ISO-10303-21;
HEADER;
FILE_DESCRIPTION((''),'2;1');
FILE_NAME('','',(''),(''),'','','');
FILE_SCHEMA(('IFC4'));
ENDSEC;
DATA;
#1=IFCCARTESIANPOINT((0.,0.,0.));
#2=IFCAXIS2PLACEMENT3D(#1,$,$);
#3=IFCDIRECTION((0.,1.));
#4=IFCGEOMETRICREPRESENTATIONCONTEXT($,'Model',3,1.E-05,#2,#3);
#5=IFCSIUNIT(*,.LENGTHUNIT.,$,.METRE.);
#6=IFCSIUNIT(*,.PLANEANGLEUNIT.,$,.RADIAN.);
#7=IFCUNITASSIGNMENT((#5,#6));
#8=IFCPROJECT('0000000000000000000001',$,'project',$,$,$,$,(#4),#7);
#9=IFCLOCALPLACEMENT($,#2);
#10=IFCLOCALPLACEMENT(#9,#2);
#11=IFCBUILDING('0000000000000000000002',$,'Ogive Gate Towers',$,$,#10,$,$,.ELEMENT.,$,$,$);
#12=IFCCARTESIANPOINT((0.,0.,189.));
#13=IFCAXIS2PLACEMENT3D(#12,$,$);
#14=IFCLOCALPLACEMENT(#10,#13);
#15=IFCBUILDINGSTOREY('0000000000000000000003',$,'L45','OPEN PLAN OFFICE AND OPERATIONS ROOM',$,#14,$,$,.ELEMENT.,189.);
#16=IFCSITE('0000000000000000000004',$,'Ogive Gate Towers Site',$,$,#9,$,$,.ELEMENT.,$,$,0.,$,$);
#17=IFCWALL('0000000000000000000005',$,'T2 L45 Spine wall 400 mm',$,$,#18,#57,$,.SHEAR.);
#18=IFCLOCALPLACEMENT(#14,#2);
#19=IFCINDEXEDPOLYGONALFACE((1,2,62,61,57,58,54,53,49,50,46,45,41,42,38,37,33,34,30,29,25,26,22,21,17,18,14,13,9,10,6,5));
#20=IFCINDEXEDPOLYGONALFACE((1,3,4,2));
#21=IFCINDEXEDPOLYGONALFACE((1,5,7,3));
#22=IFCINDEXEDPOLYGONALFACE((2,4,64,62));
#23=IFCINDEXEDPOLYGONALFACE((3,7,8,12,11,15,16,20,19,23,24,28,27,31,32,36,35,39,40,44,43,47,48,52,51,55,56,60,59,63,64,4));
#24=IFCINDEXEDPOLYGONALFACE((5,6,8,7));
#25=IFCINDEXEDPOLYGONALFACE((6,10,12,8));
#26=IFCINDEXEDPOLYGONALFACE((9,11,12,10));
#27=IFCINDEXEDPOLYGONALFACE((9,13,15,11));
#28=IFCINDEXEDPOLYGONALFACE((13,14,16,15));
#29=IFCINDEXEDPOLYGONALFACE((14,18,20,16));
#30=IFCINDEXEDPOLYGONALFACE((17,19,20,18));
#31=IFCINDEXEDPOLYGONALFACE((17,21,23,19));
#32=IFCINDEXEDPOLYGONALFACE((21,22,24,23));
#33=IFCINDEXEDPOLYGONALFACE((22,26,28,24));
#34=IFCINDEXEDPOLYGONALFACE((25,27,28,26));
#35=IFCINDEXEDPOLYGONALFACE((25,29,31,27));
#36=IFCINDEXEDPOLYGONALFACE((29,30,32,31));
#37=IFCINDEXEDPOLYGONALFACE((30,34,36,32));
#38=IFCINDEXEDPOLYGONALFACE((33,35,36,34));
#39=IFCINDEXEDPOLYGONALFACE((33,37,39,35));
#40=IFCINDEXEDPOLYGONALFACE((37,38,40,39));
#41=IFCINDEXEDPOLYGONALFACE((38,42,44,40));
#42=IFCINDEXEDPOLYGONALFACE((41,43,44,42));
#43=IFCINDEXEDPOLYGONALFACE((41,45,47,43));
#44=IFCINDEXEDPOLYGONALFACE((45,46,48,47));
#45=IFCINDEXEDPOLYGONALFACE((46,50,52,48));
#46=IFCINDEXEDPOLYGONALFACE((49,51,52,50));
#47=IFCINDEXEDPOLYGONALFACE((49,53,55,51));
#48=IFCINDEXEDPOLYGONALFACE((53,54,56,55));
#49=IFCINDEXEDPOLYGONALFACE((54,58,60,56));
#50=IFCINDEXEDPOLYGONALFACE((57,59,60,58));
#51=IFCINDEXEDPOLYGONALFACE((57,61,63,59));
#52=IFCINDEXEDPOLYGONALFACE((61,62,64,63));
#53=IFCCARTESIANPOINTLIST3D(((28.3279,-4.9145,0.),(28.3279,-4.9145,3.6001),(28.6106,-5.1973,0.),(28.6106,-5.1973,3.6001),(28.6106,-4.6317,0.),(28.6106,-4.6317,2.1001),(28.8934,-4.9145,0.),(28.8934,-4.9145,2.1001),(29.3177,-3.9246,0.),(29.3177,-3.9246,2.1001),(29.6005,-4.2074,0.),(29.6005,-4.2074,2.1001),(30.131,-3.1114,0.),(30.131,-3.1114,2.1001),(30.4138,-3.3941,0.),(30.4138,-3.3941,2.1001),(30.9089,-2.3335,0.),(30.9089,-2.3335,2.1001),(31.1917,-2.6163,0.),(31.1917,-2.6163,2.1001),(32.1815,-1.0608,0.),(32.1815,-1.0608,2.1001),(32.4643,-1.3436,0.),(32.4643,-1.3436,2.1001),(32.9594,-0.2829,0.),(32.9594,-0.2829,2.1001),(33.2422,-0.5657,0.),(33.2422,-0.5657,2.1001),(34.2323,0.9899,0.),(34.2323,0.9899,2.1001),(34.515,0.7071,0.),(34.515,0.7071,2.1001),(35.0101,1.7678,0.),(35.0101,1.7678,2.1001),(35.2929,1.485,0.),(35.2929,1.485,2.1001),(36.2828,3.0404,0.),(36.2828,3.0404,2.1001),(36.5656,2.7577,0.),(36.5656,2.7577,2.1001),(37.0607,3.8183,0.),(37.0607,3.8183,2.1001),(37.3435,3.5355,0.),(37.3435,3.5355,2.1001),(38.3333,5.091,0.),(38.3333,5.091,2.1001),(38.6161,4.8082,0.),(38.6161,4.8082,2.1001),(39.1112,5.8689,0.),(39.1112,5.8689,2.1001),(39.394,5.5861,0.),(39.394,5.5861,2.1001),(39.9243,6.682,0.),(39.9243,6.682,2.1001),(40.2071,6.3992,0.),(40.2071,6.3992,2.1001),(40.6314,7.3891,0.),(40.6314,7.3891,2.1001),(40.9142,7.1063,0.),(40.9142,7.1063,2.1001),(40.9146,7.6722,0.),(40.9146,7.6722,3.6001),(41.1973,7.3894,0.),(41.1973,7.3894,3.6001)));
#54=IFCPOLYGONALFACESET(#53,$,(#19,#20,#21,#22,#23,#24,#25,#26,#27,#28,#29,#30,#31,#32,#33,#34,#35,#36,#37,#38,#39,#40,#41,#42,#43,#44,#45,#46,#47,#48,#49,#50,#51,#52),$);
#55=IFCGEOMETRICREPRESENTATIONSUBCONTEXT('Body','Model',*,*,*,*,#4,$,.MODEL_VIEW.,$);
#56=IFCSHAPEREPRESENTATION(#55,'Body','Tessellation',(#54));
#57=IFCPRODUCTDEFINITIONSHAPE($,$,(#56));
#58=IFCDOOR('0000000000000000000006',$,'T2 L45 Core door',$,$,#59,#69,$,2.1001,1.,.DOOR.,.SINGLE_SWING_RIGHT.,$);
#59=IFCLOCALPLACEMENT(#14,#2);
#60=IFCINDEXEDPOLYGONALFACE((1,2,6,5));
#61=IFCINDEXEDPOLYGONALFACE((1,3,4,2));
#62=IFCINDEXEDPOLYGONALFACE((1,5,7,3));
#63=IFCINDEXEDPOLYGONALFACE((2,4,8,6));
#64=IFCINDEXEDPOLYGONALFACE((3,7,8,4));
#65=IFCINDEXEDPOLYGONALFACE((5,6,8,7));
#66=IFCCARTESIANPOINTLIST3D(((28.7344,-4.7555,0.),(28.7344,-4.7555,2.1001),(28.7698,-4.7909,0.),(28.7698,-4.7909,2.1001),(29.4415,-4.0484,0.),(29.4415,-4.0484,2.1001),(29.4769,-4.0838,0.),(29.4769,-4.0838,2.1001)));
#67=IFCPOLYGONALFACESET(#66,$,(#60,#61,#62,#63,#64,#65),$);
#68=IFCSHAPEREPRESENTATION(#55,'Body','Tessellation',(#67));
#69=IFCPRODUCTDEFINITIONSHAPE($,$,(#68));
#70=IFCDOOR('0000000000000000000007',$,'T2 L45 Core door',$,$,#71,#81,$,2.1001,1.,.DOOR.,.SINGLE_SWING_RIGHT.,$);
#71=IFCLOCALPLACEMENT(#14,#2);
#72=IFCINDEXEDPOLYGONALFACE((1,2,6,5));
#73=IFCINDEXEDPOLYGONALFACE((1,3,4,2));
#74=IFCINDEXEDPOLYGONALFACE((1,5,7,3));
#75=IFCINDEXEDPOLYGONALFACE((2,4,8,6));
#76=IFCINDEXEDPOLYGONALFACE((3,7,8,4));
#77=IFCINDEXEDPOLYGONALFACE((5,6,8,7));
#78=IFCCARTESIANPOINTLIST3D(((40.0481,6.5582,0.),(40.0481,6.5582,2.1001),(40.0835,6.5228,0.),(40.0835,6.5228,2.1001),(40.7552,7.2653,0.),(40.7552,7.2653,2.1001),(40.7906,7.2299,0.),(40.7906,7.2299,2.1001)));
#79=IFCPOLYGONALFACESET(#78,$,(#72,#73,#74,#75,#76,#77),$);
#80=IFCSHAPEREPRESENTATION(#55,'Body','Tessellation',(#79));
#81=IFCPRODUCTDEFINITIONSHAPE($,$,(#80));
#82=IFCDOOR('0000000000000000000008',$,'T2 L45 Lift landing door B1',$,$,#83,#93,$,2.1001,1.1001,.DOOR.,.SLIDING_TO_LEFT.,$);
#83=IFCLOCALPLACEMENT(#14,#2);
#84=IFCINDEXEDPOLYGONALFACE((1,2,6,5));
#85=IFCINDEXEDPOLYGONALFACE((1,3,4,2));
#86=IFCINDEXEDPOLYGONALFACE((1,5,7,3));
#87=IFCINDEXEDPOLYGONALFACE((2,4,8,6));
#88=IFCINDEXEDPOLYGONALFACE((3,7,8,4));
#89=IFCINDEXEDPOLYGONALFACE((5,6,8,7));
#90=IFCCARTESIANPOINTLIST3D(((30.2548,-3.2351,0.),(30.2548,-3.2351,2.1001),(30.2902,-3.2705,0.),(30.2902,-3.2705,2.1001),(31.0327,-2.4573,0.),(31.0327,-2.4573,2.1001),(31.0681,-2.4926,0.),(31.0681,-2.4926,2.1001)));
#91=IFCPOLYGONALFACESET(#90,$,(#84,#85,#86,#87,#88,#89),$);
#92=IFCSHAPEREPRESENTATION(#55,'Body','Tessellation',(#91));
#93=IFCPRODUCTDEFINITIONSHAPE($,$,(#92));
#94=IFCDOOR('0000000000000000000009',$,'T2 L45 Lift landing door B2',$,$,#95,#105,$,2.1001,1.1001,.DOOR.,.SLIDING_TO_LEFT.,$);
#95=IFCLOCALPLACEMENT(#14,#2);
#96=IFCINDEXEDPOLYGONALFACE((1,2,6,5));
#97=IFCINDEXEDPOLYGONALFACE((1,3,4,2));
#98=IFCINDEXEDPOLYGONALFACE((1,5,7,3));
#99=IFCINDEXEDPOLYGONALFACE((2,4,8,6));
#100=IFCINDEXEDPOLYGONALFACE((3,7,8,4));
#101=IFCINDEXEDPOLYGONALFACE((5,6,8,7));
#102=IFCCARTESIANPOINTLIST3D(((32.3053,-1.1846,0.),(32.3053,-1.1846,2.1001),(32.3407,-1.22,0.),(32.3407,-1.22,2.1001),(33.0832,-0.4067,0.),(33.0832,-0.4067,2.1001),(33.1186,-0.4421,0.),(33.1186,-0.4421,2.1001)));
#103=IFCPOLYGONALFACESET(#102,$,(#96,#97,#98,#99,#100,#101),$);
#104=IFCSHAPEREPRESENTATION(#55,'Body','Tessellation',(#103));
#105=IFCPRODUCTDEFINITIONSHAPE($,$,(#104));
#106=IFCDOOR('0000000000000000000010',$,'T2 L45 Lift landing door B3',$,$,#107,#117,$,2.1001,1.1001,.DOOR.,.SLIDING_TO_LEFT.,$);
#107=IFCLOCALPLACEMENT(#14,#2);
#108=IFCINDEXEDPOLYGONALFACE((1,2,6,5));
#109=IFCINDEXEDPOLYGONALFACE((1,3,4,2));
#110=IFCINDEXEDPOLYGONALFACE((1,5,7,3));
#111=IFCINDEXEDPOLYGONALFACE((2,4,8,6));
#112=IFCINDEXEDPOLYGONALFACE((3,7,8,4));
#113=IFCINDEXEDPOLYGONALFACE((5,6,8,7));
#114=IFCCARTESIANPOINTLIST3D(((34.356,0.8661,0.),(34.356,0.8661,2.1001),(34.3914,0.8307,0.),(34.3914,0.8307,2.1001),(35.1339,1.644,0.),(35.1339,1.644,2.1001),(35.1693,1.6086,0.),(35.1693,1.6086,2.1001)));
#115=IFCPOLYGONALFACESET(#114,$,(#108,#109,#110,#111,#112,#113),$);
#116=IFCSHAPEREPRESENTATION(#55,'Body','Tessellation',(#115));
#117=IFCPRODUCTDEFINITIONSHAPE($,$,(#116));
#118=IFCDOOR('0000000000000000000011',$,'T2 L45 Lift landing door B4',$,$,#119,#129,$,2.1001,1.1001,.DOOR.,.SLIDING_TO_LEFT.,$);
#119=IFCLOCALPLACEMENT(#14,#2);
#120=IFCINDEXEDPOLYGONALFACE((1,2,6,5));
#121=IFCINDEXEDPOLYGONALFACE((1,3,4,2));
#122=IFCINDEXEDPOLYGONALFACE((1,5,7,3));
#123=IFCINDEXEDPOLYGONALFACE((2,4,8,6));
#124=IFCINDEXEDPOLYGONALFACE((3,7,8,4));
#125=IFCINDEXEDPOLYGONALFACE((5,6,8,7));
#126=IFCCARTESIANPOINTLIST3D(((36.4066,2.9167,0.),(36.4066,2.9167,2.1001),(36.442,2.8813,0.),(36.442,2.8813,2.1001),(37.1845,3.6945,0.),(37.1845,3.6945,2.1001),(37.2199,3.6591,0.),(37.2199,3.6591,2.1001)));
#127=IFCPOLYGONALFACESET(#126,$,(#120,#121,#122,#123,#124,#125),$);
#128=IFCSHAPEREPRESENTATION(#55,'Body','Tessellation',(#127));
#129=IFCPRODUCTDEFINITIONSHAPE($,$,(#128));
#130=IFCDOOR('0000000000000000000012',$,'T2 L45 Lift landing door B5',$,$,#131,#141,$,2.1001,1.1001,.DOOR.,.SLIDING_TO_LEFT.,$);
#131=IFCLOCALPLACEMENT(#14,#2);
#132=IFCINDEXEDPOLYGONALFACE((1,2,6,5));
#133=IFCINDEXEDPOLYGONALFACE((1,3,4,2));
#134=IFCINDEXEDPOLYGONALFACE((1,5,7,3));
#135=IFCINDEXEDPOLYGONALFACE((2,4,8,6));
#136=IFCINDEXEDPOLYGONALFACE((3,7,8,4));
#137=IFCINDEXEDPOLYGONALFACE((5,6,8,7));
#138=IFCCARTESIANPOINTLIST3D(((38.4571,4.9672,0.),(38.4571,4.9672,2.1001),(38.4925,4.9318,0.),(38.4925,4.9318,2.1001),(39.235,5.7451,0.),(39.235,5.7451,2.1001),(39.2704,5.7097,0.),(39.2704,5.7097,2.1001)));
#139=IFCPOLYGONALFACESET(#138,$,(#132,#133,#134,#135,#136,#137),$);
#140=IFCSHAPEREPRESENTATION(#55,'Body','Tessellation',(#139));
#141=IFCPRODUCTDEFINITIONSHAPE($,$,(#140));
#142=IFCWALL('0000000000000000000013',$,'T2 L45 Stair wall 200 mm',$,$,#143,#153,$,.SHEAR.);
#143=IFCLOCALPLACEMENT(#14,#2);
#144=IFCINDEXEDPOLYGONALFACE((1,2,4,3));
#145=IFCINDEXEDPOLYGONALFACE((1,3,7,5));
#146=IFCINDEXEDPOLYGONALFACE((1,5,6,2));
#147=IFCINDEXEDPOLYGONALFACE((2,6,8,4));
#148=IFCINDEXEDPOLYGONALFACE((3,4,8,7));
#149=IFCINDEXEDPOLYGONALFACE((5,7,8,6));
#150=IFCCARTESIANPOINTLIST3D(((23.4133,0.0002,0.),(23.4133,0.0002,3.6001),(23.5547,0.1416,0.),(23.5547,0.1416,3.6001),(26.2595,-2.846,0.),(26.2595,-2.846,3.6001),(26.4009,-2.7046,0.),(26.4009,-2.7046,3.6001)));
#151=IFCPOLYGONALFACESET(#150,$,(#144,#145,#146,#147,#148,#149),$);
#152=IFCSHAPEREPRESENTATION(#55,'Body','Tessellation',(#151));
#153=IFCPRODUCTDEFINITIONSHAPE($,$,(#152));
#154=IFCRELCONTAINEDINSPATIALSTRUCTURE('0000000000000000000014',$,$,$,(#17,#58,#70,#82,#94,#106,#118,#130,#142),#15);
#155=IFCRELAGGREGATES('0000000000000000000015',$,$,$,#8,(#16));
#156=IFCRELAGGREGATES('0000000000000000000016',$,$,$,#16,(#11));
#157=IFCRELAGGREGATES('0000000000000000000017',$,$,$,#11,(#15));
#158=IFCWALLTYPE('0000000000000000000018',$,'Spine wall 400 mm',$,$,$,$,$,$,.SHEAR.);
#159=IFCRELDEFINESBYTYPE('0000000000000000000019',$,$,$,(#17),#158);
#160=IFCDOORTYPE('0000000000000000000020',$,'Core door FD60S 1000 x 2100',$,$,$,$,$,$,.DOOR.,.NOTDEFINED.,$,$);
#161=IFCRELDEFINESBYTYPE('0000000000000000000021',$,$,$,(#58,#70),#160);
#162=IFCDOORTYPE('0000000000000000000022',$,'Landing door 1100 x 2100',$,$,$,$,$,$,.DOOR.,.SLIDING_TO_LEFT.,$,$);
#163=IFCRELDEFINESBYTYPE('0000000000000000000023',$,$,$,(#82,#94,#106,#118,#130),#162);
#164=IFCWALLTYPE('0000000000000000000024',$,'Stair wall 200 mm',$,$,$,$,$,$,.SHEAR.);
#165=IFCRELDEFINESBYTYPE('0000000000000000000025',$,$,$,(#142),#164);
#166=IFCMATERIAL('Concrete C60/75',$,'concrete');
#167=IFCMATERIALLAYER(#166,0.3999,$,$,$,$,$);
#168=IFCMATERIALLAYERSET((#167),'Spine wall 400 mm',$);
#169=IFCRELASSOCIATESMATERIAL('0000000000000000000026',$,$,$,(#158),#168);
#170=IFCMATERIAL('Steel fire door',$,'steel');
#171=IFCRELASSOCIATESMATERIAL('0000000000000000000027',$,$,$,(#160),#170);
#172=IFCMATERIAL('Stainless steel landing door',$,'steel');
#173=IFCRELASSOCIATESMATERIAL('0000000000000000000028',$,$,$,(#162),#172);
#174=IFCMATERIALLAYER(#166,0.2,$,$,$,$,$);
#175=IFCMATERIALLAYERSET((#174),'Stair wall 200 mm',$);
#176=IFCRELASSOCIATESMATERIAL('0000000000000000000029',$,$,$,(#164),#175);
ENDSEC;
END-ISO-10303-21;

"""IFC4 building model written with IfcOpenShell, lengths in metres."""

from ifc_helpers import new_model, si_unit, direction, frame, frame_2d, origin, place, context, subcontext, project, spatial, rectangle, extrude, material, layer, layer_set, type_object, element, fill, save


model = new_model("IFC4")

# Units and contexts
model_context = context("Model", 3, precision=1e-05, world=origin(), true_north=direction((0.0, 1.0)))
body_context = subcontext(model_context, "Body", "Model", "MODEL_VIEW")
ifc_project = project(units=[si_unit("LENGTHUNIT", "METRE"), si_unit("PLANEANGLEUNIT", "RADIAN")], contexts=[model_context])

# Site, building, storey
site_placement = place(None, origin())
site = spatial("IfcSite", under=ifc_project, at=site_placement, Name="Ogive Gate Towers Site", CompositionType="ELEMENT", RefElevation=0.0)
building_placement = place(site_placement, origin())
building = spatial("IfcBuilding", under=site, at=building_placement, Name="Ogive Gate Towers", CompositionType="ELEMENT")
storey_placement = place(building_placement, frame((0.0, 0.0, 189.0)))
storey = spatial("IfcBuildingStorey", under=building, at=storey_placement, Name="L45", Description="OPEN PLAN OFFICE AND OPERATIONS ROOM", CompositionType="ELEMENT", Elevation=189.0)

# Shared definitions
ifc_material_1 = material(Name="Concrete C60/75", Category="concrete")

# Wall, openings, doors
ifc_layer_1 = layer(ifc_material_1, 0.3999)
ifc_layer_set_1 = layer_set([ifc_layer_1], Name="Spine wall 400 mm")
wall_type_1 = type_object("IfcWallType", Name="Spine wall 400 mm", PredefinedType="SHEAR", material=ifc_layer_set_1)
ifc_material_2 = material(Name="Steel fire door", Category="steel")
door_type_1 = type_object("IfcDoorType", Name="Core door FD60S 1000 x 2100", OperationType="NOTDEFINED", PredefinedType="DOOR", material=ifc_material_2)
ifc_material_3 = material(Name="Stainless steel landing door", Category="steel")
door_type_2 = type_object("IfcDoorType", Name="Landing door 1100 x 2100", OperationType="SLIDING_TO_LEFT", PredefinedType="DOOR", material=ifc_material_3)
wall_1_placement = place(storey_placement, frame((28.4692, -5.0559, 0.0), z_axis=(0.0, 0.0, 1.0), x_axis=(0.707107, 0.707107, 0.0)))
wall_1 = element("IfcWall", 1, at=wall_1_placement, inside=storey, type_object=wall_type_1, Name="T2 L45 Spine wall 400 mm", PredefinedType="SHEAR", context=body_context, shape_type="SweptSolid", body=[
    extrude(rectangle(XDim=17.8003, YDim=0.3999, at=frame_2d((8.9001, 0.0))), origin(), (0.0, 0.0, 1.0), 3.6001),
])
opening_1_placement = place(wall_1_placement, frame((0.3999, 0.0, 0.0)))
opening_1 = element("IfcOpeningElement", 2, at=opening_1_placement, cuts=wall_1, PredefinedType="OPENING", context=body_context, shape_type="SweptSolid", body=[
    extrude(rectangle(XDim=1.0, YDim=2.1001, at=frame_2d((0.5, 1.05))), frame((0.0, 0.21, 0.0), z_axis=(0.0, -1.0, 0.0), x_axis=(1.0, 0.0, 0.0)), (0.0, 0.0, 1.0), 0.4199),
])
opening_2_placement = place(wall_1_placement, frame((2.55, 0.0, 0.0)))
opening_2 = element("IfcOpeningElement", 3, at=opening_2_placement, cuts=wall_1, PredefinedType="OPENING", context=body_context, shape_type="SweptSolid", body=[
    extrude(rectangle(XDim=1.1001, YDim=2.1001, at=frame_2d((0.55, 1.05))), frame((0.0, 0.21, 0.0), z_axis=(0.0, -1.0, 0.0), x_axis=(1.0, 0.0, 0.0)), (0.0, 0.0, 1.0), 0.4199),
])
opening_3_placement = place(wall_1_placement, frame((5.45, 0.0, 0.0)))
opening_3 = element("IfcOpeningElement", 4, at=opening_3_placement, cuts=wall_1, PredefinedType="OPENING", context=body_context, shape_type="SweptSolid", body=[
    extrude(rectangle(XDim=1.1001, YDim=2.1001, at=frame_2d((0.55, 1.05))), frame((0.0, 0.21, 0.0), z_axis=(0.0, -1.0, 0.0), x_axis=(1.0, 0.0, 0.0)), (0.0, 0.0, 1.0), 0.4199),
])
opening_4_placement = place(wall_1_placement, frame((8.3501, 0.0, 0.0)))
opening_4 = element("IfcOpeningElement", 5, at=opening_4_placement, cuts=wall_1, PredefinedType="OPENING", context=body_context, shape_type="SweptSolid", body=[
    extrude(rectangle(XDim=1.1001, YDim=2.1001, at=frame_2d((0.55, 1.05))), frame((0.0, 0.21, 0.0), z_axis=(0.0, -1.0, 0.0), x_axis=(1.0, 0.0, 0.0)), (0.0, 0.0, 1.0), 0.4199),
])
opening_5_placement = place(wall_1_placement, frame((11.25, 0.0, 0.0)))
opening_5 = element("IfcOpeningElement", 6, at=opening_5_placement, cuts=wall_1, PredefinedType="OPENING", context=body_context, shape_type="SweptSolid", body=[
    extrude(rectangle(XDim=1.1001, YDim=2.1001, at=frame_2d((0.55, 1.05))), frame((0.0, 0.21, 0.0), z_axis=(0.0, -1.0, 0.0), x_axis=(1.0, 0.0, 0.0)), (0.0, 0.0, 1.0), 0.4199),
])
opening_6_placement = place(wall_1_placement, frame((14.1499, 0.0, 0.0)))
opening_6 = element("IfcOpeningElement", 7, at=opening_6_placement, cuts=wall_1, PredefinedType="OPENING", context=body_context, shape_type="SweptSolid", body=[
    extrude(rectangle(XDim=1.1001, YDim=2.1001, at=frame_2d((0.55, 1.05))), frame((0.0, 0.21, 0.0), z_axis=(0.0, -1.0, 0.0), x_axis=(1.0, 0.0, 0.0)), (0.0, 0.0, 1.0), 0.4199),
])
opening_7_placement = place(wall_1_placement, frame((16.3999, 0.0, 0.0)))
opening_7 = element("IfcOpeningElement", 8, at=opening_7_placement, cuts=wall_1, PredefinedType="OPENING", context=body_context, shape_type="SweptSolid", body=[
    extrude(rectangle(XDim=1.0, YDim=2.1001, at=frame_2d((0.5, 1.05))), frame((0.0, 0.21, 0.0), z_axis=(0.0, -1.0, 0.0), x_axis=(1.0, 0.0, 0.0)), (0.0, 0.0, 1.0), 0.4199),
])
door_1_placement = place(opening_1_placement, origin())
door_1 = element("IfcDoor", 9, at=door_1_placement, inside=storey, type_object=door_type_1, Name="T2 L45 Core door", OperationType="SINGLE_SWING_RIGHT", OverallHeight=2.1001, OverallWidth=1.0, PredefinedType="DOOR", context=body_context, shape_type="SweptSolid", body=[
    extrude(rectangle(XDim=1.0, YDim=2.1001, at=frame_2d((0.5, 1.05))), frame((0.0, 0.0249, 0.0), z_axis=(0.0, -1.0, 0.0), x_axis=(1.0, 0.0, 0.0)), (0.0, 0.0, 1.0), 0.05),
])
fill(opening_1, door_1)
door_2_placement = place(opening_7_placement, origin())
door_2 = element("IfcDoor", 10, at=door_2_placement, inside=storey, type_object=door_type_1, Name="T2 L45 Core door", OperationType="SINGLE_SWING_RIGHT", OverallHeight=2.1001, OverallWidth=1.0, PredefinedType="DOOR", context=body_context, shape_type="SweptSolid", body=[
    extrude(rectangle(XDim=1.0, YDim=2.1001, at=frame_2d((0.5, 1.05))), frame((0.0, 0.0249, 0.0), z_axis=(0.0, -1.0, 0.0), x_axis=(1.0, 0.0, 0.0)), (0.0, 0.0, 1.0), 0.05),
])
fill(opening_7, door_2)
door_3_placement = place(opening_2_placement, origin())
door_3 = element("IfcDoor", 11, at=door_3_placement, inside=storey, type_object=door_type_2, Name="T2 L45 Lift landing door B1", OperationType="SLIDING_TO_LEFT", OverallHeight=2.1001, OverallWidth=1.1001, PredefinedType="DOOR", context=body_context, shape_type="SweptSolid", body=[
    extrude(rectangle(XDim=1.1001, YDim=2.1001, at=frame_2d((0.55, 1.05))), frame((0.0, 0.0249, 0.0), z_axis=(0.0, -1.0, 0.0), x_axis=(1.0, 0.0, 0.0)), (0.0, 0.0, 1.0), 0.05),
])
fill(opening_2, door_3)
door_4_placement = place(opening_3_placement, origin())
door_4 = element("IfcDoor", 12, at=door_4_placement, inside=storey, type_object=door_type_2, Name="T2 L45 Lift landing door B2", OperationType="SLIDING_TO_LEFT", OverallHeight=2.1001, OverallWidth=1.1001, PredefinedType="DOOR", context=body_context, shape_type="SweptSolid", body=[
    extrude(rectangle(XDim=1.1001, YDim=2.1001, at=frame_2d((0.55, 1.05))), frame((0.0, 0.0249, 0.0), z_axis=(0.0, -1.0, 0.0), x_axis=(1.0, 0.0, 0.0)), (0.0, 0.0, 1.0), 0.05),
])
fill(opening_3, door_4)
door_5_placement = place(opening_4_placement, origin())
door_5 = element("IfcDoor", 13, at=door_5_placement, inside=storey, type_object=door_type_2, Name="T2 L45 Lift landing door B3", OperationType="SLIDING_TO_LEFT", OverallHeight=2.1001, OverallWidth=1.1001, PredefinedType="DOOR", context=body_context, shape_type="SweptSolid", body=[
    extrude(rectangle(XDim=1.1001, YDim=2.1001, at=frame_2d((0.55, 1.05))), frame((0.0, 0.0249, 0.0), z_axis=(0.0, -1.0, 0.0), x_axis=(1.0, 0.0, 0.0)), (0.0, 0.0, 1.0), 0.05),
])
fill(opening_4, door_5)
door_6_placement = place(opening_5_placement, origin())
door_6 = element("IfcDoor", 14, at=door_6_placement, inside=storey, type_object=door_type_2, Name="T2 L45 Lift landing door B4", OperationType="SLIDING_TO_LEFT", OverallHeight=2.1001, OverallWidth=1.1001, PredefinedType="DOOR", context=body_context, shape_type="SweptSolid", body=[
    extrude(rectangle(XDim=1.1001, YDim=2.1001, at=frame_2d((0.55, 1.05))), frame((0.0, 0.0249, 0.0), z_axis=(0.0, -1.0, 0.0), x_axis=(1.0, 0.0, 0.0)), (0.0, 0.0, 1.0), 0.05),
])
fill(opening_5, door_6)
door_7_placement = place(opening_6_placement, origin())
door_7 = element("IfcDoor", 15, at=door_7_placement, inside=storey, type_object=door_type_2, Name="T2 L45 Lift landing door B5", OperationType="SLIDING_TO_LEFT", OverallHeight=2.1001, OverallWidth=1.1001, PredefinedType="DOOR", context=body_context, shape_type="SweptSolid", body=[
    extrude(rectangle(XDim=1.1001, YDim=2.1001, at=frame_2d((0.55, 1.05))), frame((0.0, 0.0249, 0.0), z_axis=(0.0, -1.0, 0.0), x_axis=(1.0, 0.0, 0.0)), (0.0, 0.0, 1.0), 0.05),
])
fill(opening_6, door_7)

# Wall
ifc_layer_2 = layer(ifc_material_1, 0.2)
ifc_layer_set_2 = layer_set([ifc_layer_2], Name="Stair wall 200 mm")
wall_type_2 = type_object("IfcWallType", Name="Stair wall 200 mm", PredefinedType="SHEAR", material=ifc_layer_set_2)
wall_2_placement = place(storey_placement, frame((26.3303, -2.7754, 0.0), z_axis=(0.0, 0.0, 1.0), x_axis=(-0.707107, 0.707107, 0.0)))
element("IfcWall", 16, at=wall_2_placement, inside=storey, type_object=wall_type_2, Name="T2 L45 Stair wall 200 mm", PredefinedType="SHEAR", context=body_context, shape_type="SweptSolid", body=[
    extrude(rectangle(XDim=4.0251, YDim=0.2, at=frame_2d((2.0127, 0.0))), origin(), (0.0, 0.0, 1.0), 3.6001),
])

save(model, "model.ifc")
